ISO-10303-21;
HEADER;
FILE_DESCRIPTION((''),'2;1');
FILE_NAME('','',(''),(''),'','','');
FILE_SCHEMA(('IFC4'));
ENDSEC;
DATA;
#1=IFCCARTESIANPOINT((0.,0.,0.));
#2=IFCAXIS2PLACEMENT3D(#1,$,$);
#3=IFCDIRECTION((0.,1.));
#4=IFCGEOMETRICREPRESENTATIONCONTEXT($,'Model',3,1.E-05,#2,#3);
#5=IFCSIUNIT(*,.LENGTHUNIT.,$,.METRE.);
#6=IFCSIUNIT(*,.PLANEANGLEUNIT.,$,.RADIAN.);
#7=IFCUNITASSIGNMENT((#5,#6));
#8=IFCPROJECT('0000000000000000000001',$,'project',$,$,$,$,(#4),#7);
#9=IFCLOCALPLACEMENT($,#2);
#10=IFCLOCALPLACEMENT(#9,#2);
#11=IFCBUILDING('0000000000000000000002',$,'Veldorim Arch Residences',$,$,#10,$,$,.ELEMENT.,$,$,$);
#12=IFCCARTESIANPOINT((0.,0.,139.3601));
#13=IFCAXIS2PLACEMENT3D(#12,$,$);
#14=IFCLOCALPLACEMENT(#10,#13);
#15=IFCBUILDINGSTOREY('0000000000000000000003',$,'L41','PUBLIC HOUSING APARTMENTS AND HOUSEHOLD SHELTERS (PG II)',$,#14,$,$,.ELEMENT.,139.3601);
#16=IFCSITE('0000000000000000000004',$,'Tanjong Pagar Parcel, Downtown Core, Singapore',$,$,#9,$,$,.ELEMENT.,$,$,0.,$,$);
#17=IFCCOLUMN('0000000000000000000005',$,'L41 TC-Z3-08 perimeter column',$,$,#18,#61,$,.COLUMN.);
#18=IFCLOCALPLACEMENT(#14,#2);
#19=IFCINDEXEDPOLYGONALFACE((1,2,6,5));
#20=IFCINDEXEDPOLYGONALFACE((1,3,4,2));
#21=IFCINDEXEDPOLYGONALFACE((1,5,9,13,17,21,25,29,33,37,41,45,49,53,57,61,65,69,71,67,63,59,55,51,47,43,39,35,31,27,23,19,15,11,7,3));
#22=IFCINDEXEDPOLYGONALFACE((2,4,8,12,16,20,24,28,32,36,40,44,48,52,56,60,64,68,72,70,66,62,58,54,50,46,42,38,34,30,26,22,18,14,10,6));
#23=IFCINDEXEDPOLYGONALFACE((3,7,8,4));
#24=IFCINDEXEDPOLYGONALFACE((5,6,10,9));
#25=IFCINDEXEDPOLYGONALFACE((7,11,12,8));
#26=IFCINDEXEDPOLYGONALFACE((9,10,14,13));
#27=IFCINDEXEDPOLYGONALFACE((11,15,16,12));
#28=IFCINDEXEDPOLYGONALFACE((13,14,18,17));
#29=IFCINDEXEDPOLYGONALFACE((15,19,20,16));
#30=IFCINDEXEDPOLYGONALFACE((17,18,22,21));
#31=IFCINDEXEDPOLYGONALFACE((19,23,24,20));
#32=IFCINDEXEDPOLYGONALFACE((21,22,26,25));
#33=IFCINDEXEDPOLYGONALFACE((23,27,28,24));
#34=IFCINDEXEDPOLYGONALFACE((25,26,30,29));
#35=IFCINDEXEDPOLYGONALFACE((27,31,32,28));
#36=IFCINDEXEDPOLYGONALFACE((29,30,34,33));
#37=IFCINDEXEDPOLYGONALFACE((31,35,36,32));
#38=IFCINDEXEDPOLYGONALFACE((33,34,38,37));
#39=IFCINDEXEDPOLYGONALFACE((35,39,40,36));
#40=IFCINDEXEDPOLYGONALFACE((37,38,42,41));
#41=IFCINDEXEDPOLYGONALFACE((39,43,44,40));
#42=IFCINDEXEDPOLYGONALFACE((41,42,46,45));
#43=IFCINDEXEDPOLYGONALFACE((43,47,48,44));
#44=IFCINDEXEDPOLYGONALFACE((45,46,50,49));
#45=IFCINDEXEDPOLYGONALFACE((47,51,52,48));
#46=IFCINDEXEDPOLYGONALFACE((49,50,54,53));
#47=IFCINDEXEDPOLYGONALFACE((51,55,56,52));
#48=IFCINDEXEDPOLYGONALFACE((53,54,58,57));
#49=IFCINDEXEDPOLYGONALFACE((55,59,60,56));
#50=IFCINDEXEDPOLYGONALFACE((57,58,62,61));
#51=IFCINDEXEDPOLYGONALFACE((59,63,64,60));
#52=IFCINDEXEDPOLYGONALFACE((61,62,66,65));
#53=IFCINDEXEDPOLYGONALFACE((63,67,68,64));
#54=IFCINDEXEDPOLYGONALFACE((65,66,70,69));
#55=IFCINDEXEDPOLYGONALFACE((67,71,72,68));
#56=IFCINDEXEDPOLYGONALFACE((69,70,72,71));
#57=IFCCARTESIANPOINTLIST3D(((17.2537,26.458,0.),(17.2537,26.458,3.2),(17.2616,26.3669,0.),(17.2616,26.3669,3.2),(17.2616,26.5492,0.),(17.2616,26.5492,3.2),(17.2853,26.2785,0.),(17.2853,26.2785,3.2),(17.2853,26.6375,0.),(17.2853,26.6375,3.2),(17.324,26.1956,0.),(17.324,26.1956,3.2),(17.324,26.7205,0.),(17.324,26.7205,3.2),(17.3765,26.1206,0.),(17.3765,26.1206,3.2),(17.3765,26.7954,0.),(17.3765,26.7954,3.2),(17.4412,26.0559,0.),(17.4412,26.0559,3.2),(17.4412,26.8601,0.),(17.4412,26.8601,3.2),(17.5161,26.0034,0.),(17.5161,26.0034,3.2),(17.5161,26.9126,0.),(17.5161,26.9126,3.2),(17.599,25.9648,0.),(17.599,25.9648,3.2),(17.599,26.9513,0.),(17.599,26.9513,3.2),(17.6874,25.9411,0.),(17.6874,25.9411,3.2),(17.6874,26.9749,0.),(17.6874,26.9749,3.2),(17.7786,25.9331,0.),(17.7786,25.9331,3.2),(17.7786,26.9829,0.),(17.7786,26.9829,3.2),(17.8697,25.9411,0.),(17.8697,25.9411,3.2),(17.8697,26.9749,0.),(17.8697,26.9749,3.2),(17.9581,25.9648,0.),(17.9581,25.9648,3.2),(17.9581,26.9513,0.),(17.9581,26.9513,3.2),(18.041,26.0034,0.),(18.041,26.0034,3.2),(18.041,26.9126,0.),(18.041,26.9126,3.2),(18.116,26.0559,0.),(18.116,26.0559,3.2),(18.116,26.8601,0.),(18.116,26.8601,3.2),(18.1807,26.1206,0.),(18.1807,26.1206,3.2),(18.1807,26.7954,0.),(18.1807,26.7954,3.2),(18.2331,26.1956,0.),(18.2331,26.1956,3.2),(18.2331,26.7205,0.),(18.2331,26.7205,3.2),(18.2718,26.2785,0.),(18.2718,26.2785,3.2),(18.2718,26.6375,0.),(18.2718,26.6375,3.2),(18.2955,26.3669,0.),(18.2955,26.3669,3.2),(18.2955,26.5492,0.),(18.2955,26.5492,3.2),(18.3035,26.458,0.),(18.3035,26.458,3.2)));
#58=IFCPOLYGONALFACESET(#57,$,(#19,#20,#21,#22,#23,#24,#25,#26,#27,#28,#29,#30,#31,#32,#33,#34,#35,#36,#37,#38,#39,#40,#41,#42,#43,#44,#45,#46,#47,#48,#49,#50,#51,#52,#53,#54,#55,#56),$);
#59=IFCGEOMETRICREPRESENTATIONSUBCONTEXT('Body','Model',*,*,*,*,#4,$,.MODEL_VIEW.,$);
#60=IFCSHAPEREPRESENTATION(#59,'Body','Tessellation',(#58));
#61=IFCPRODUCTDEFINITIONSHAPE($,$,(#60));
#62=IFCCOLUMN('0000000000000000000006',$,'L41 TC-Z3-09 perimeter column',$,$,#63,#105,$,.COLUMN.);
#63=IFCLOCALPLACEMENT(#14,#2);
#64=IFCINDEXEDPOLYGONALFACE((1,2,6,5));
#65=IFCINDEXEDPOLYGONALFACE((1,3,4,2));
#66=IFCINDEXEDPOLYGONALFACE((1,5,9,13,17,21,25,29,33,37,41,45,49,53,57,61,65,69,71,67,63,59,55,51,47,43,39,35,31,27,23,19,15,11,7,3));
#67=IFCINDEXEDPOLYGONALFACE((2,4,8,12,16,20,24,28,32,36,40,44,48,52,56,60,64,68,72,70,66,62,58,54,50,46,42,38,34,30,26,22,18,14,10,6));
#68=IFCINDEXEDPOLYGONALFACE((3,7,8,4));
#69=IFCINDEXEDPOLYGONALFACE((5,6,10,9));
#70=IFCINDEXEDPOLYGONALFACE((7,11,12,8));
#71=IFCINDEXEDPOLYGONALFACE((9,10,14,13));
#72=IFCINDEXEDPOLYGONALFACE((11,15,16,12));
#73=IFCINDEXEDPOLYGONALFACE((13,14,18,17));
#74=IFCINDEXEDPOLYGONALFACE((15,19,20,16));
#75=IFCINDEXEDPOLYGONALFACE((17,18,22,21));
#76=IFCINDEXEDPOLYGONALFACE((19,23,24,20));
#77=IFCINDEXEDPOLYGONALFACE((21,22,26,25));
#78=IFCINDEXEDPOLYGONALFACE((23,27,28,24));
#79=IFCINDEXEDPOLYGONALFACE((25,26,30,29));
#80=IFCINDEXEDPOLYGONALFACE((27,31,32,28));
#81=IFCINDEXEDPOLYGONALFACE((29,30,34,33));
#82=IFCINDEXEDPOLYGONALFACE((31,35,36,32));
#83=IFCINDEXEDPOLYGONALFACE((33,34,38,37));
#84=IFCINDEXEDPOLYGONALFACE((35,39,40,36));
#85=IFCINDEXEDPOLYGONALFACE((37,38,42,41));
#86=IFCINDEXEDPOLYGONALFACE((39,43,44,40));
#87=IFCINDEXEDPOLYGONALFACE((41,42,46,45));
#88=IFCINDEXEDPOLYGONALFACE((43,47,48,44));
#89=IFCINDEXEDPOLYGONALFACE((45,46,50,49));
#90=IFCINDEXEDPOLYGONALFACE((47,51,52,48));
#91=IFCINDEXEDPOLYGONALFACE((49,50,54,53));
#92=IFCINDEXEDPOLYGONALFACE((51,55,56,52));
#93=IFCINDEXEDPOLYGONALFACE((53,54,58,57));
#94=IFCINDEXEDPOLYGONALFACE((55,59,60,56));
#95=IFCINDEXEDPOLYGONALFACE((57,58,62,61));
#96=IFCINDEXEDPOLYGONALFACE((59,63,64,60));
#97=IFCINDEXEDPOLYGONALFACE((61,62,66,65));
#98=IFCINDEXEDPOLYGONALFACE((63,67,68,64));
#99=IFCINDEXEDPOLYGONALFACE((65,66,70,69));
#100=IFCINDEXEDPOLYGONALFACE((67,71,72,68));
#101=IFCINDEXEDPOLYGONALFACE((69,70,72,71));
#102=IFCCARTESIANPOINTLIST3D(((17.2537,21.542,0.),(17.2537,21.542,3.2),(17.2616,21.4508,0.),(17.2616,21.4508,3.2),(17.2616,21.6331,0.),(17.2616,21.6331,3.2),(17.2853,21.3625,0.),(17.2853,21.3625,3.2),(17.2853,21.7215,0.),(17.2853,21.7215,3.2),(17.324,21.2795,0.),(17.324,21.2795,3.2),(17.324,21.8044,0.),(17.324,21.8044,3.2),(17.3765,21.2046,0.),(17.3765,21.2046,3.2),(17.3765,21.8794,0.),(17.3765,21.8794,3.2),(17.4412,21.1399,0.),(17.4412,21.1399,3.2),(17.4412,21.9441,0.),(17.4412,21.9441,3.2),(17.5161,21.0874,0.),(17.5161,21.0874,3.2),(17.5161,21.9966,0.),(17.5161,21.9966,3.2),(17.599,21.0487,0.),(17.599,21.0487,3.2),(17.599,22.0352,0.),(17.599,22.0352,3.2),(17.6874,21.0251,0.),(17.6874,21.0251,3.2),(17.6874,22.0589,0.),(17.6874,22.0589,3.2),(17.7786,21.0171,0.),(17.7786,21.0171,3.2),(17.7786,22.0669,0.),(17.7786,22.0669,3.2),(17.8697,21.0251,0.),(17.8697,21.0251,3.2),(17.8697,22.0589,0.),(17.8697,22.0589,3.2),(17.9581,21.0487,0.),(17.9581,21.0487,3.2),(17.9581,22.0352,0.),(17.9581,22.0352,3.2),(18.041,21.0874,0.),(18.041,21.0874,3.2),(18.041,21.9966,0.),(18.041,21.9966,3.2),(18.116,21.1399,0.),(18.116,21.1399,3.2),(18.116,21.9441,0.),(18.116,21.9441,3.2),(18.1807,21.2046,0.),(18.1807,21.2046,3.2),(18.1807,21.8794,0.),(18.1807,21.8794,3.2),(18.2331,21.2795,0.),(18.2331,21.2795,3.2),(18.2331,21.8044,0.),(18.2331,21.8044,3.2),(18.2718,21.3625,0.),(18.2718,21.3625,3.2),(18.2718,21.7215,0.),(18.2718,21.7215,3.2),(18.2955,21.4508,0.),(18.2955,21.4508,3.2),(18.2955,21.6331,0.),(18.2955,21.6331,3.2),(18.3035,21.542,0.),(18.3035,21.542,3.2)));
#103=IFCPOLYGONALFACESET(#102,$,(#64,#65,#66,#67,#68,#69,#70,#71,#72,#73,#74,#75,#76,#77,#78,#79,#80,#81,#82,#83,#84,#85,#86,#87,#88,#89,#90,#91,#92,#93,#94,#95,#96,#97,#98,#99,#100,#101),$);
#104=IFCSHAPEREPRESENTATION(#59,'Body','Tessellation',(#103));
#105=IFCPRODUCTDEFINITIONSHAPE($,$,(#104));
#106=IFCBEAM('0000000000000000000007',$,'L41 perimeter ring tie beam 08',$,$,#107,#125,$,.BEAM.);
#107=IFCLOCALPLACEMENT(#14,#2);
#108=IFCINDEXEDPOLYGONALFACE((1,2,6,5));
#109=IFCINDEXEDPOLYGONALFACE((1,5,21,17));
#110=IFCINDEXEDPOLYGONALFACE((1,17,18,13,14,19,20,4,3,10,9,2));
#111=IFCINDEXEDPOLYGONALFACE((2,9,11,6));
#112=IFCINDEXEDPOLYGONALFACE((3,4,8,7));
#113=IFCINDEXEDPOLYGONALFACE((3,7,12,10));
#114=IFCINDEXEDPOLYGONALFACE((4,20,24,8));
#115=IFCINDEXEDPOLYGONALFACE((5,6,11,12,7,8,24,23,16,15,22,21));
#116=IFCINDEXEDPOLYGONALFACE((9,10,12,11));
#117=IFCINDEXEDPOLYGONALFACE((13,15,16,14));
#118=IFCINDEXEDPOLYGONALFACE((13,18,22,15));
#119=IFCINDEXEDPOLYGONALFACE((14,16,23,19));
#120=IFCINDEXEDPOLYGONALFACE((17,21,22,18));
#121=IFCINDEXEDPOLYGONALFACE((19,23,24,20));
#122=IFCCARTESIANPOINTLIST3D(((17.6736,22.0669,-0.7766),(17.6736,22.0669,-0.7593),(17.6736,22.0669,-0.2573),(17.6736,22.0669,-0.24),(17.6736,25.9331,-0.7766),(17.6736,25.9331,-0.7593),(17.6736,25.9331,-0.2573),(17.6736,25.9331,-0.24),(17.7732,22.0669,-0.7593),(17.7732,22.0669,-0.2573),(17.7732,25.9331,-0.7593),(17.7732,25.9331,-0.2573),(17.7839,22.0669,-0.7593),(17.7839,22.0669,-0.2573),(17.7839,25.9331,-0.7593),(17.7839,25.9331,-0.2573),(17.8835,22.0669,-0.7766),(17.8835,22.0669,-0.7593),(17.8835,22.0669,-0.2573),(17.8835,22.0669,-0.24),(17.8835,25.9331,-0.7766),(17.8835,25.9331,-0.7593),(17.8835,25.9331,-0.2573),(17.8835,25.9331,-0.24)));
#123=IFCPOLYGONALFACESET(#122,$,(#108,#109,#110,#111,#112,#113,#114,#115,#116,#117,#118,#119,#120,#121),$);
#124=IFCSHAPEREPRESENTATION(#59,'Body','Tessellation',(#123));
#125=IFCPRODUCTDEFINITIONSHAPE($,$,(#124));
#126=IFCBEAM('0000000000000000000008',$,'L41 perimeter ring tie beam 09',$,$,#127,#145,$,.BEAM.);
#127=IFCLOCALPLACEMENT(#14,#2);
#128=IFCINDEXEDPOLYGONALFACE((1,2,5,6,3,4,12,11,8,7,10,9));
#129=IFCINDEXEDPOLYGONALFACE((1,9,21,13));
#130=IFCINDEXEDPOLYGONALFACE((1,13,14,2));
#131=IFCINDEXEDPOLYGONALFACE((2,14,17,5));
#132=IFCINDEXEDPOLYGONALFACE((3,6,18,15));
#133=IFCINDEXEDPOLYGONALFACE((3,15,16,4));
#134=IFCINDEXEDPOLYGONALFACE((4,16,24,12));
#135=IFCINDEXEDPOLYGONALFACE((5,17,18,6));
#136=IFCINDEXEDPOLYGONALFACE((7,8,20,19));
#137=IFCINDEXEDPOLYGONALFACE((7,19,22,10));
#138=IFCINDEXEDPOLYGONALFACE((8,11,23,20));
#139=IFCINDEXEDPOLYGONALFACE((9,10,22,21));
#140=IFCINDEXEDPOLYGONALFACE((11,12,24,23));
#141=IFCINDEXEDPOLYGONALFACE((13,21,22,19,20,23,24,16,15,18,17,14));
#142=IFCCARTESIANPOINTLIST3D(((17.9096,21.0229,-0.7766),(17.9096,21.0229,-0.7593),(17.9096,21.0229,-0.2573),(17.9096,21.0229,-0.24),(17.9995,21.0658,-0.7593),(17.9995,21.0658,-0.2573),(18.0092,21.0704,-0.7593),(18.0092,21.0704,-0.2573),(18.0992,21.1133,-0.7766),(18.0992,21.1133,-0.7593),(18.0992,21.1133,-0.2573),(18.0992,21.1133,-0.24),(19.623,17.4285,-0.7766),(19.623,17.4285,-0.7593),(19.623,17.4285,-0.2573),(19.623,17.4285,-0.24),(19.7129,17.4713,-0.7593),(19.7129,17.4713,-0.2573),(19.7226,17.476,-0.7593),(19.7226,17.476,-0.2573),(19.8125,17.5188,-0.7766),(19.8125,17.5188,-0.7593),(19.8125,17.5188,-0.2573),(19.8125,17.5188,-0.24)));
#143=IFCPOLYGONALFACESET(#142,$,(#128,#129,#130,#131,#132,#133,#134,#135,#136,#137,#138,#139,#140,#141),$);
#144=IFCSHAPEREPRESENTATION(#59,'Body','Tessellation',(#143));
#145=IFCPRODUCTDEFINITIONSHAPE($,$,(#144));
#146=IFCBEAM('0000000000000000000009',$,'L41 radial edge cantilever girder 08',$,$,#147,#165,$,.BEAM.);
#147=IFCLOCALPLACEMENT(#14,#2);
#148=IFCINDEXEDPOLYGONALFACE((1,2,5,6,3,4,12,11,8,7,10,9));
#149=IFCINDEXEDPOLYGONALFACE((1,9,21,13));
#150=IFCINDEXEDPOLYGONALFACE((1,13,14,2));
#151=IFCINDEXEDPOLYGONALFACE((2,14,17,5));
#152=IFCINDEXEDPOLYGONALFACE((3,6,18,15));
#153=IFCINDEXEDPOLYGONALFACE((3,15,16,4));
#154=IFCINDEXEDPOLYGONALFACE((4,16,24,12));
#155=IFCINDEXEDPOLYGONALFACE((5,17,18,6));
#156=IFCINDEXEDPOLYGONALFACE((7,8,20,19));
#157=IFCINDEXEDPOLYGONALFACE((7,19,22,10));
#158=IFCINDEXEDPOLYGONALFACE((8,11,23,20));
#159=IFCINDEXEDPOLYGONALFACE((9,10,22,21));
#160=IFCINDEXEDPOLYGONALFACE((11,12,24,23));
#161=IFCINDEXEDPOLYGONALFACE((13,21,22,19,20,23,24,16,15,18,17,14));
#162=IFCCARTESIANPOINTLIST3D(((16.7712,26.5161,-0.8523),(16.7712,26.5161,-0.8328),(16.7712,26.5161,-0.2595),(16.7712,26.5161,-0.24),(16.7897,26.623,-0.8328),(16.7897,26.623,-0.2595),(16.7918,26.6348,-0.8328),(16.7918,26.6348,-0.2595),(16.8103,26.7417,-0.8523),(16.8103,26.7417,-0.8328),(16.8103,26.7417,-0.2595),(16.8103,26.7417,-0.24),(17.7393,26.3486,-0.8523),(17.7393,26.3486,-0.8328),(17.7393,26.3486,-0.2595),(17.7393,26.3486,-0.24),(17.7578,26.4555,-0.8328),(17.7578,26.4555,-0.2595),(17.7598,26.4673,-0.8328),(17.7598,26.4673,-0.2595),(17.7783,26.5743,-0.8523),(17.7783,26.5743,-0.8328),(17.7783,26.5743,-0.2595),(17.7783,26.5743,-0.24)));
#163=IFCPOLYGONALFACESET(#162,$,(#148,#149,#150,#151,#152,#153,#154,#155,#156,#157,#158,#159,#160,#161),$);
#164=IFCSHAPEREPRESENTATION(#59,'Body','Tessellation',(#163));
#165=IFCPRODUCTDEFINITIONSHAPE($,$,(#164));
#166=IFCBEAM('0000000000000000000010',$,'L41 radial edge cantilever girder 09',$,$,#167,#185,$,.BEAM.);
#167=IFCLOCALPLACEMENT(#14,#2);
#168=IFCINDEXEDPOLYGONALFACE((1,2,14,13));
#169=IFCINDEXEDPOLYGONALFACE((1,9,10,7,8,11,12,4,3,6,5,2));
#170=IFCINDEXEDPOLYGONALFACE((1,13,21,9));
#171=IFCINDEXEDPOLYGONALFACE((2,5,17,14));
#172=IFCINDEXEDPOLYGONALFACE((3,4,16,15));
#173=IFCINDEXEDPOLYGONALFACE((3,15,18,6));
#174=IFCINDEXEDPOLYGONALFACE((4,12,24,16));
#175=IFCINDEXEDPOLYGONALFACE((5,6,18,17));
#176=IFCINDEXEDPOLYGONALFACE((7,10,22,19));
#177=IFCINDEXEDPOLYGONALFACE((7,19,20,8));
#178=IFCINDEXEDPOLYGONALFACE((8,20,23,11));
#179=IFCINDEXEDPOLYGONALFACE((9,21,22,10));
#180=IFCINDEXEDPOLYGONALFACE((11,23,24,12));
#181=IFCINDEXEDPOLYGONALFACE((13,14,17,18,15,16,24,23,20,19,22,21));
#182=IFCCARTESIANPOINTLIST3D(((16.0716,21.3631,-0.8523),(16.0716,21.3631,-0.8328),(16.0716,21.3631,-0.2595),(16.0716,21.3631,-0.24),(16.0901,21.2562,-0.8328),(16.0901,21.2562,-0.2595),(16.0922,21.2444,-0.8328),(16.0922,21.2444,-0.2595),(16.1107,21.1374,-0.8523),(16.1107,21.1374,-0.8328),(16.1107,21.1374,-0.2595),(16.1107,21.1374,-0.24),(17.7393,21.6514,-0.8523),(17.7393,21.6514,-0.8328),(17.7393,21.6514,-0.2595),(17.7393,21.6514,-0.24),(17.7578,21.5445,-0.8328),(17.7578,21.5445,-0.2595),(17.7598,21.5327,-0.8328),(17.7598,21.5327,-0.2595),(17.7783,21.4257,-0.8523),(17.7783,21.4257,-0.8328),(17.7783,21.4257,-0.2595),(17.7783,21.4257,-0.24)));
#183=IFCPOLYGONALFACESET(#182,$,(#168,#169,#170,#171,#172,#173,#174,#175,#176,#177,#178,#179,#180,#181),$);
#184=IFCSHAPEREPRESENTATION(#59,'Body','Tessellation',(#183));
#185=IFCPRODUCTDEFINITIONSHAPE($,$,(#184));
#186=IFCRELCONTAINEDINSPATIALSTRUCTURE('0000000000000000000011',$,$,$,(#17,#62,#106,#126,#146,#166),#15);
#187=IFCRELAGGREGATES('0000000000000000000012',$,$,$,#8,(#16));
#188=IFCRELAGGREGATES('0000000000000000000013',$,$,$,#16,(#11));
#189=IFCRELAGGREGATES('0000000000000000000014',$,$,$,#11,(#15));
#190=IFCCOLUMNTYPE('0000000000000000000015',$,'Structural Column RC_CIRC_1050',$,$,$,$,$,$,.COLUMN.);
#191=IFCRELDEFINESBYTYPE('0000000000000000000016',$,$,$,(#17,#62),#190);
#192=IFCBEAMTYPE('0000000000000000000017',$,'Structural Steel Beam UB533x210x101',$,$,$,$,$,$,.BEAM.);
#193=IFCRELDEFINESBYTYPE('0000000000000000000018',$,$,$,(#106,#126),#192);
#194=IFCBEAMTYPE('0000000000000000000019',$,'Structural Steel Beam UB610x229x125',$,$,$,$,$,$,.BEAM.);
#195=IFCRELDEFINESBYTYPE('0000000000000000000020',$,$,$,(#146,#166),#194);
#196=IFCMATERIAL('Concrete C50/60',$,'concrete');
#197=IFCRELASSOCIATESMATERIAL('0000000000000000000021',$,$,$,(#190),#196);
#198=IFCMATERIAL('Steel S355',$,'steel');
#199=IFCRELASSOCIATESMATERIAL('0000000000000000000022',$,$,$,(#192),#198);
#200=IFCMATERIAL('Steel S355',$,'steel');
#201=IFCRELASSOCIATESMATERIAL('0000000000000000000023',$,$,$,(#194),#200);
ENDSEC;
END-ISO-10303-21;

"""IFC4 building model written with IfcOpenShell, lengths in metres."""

from ifc_helpers import new_model, si_unit, direction, frame, origin, origin_2d, place, context, subcontext, project, spatial, circle, i_section, extrude, material, material_profile, profile_set, type_object, element, save


model = new_model("IFC4")

# Units and contexts
model_context = context("Model", 3, precision=1e-05, world=origin(), true_north=direction((0.0, 1.0)))
body_context = subcontext(model_context, "Body", "Model", "MODEL_VIEW")
ifc_project = project(units=[si_unit("LENGTHUNIT", "METRE"), si_unit("PLANEANGLEUNIT", "RADIAN")], contexts=[model_context])

# Site, building, storey
site_placement = place(None, origin())
site = spatial("IfcSite", under=ifc_project, at=site_placement, Name="Tanjong Pagar Parcel, Downtown Core, Singapore", CompositionType="ELEMENT", RefElevation=0.0)
building_placement = place(site_placement, origin())
building = spatial("IfcBuilding", under=site, at=building_placement, Name="Veldorim Arch Residences", CompositionType="ELEMENT")
storey_placement = place(building_placement, frame((0.0, 0.0, 139.3601)))
storey = spatial("IfcBuildingStorey", under=building, at=storey_placement, Name="L41", Description="PUBLIC HOUSING APARTMENTS AND HOUSEHOLD SHELTERS (PG II)", CompositionType="ELEMENT", Elevation=139.3601)

# Columns
ifc_material_1 = material(Name="Concrete C50/60", Category="concrete")
ifc_material_profile_1 = material_profile(ifc_material_1, circle(Radius=0.5249, at=origin_2d()), Name="RC_CIRC_1050")
ifc_profile_set_1 = profile_set([ifc_material_profile_1], Name="Concrete C50/60")
column_type = type_object("IfcColumnType", Name="Structural Column RC_CIRC_1050", PredefinedType="COLUMN", material=ifc_profile_set_1)
for number, where, z_axis, x_axis, name in (
    (1, (17.7786, 26.458, 0.0), (0.0, 0.0, 1.0), (1.0, 0.0, 0.0), "L41 TC-Z3-08 perimeter column"),
    (2, (17.7786, 21.542, 0.0), (0.0, 0.0, 1.0), (1.0, 0.0, 0.0), "L41 TC-Z3-09 perimeter column"),
):
    element("IfcColumn", number, at=place(storey_placement, frame(where, z_axis=z_axis, x_axis=x_axis)), inside=storey, type_object=column_type, Name=name, PredefinedType="COLUMN", context=body_context, shape_type="SweptSolid", body=[
        extrude(circle(Radius=0.5249, at=origin_2d()), origin(), (0.0, 0.0, 1.0), 3.2),
    ])

# Beams
ifc_material_2 = material(Name="Steel S355", Category="steel")
ifc_material_profile_2 = material_profile(ifc_material_2, i_section(OverallWidth=0.21, OverallDepth=0.5366, WebThickness=0.0107, FlangeThickness=0.0173, at=origin_2d()), Name="UB533x210x101")
ifc_profile_set_2 = profile_set([ifc_material_profile_2], Name="Steel S355")
beam_type_1 = type_object("IfcBeamType", Name="Structural Steel Beam UB533x210x101", PredefinedType="BEAM", material=ifc_profile_set_2)
beam_1_placement = place(storey_placement, frame((17.7786, 25.9331, -0.5083), z_axis=(0.0, -1.0, 0.0), x_axis=(1.0, 0.0, 0.0)))
element("IfcBeam", 3, at=beam_1_placement, inside=storey, type_object=beam_type_1, Name="L41 perimeter ring tie beam 08", PredefinedType="BEAM", context=body_context, shape_type="SweptSolid", body=[
    extrude(i_section(OverallWidth=0.21, OverallDepth=0.5366, WebThickness=0.0107, FlangeThickness=0.0173, at=origin_2d()), origin(), (0.0, 0.0, 1.0), 3.8662),
])
beam_2_placement = place(storey_placement, frame((18.0044, 21.0681, -0.5083), z_axis=(0.430286, -0.902693, 0.0), x_axis=(0.902693, 0.430286, 0.0)))
element("IfcBeam", 4, at=beam_2_placement, inside=storey, type_object=beam_type_1, Name="L41 perimeter ring tie beam 09", PredefinedType="BEAM", context=body_context, shape_type="SweptSolid", body=[
    extrude(i_section(OverallWidth=0.21, OverallDepth=0.5366, WebThickness=0.0107, FlangeThickness=0.0173, at=origin_2d()), origin(), (0.0, 0.0, 1.0), 3.9819),
])
ifc_material_3 = material(Name="Steel S355", Category="steel")
ifc_material_profile_3 = material_profile(ifc_material_3, i_section(OverallWidth=0.229, OverallDepth=0.6123, WebThickness=0.012, FlangeThickness=0.0195, at=origin_2d()), Name="UB610x229x125")
ifc_profile_set_3 = profile_set([ifc_material_profile_3], Name="Steel S355")
beam_type_2 = type_object("IfcBeamType", Name="Structural Steel Beam UB610x229x125", PredefinedType="BEAM", material=ifc_profile_set_3)
beam_3_placement = place(storey_placement, frame((17.7588, 26.4614, -0.5461), z_axis=(-0.985361, 0.170481, 0.0), x_axis=(-0.170481, -0.985361, 0.0)))
element("IfcBeam", 5, at=beam_3_placement, inside=storey, type_object=beam_type_2, Name="L41 radial edge cantilever girder 08", PredefinedType="BEAM", context=body_context, shape_type="SweptSolid", body=[
    extrude(i_section(OverallWidth=0.229, OverallDepth=0.6123, WebThickness=0.012, FlangeThickness=0.0195, at=origin_2d()), origin(), (0.0, 0.0, 1.0), 0.9824),
])
beam_4_placement = place(storey_placement, frame((17.7588, 21.5386, -0.5461), z_axis=(-0.985382, -0.170361, 0.0), x_axis=(0.170361, -0.985382, 0.0)))
element("IfcBeam", 6, at=beam_4_placement, inside=storey, type_object=beam_type_2, Name="L41 radial edge cantilever girder 09", PredefinedType="BEAM", context=body_context, shape_type="SweptSolid", body=[
    extrude(i_section(OverallWidth=0.229, OverallDepth=0.6123, WebThickness=0.012, FlangeThickness=0.0195, at=origin_2d()), origin(), (0.0, 0.0, 1.0), 1.6924),
])

save(model, "model.ifc")
